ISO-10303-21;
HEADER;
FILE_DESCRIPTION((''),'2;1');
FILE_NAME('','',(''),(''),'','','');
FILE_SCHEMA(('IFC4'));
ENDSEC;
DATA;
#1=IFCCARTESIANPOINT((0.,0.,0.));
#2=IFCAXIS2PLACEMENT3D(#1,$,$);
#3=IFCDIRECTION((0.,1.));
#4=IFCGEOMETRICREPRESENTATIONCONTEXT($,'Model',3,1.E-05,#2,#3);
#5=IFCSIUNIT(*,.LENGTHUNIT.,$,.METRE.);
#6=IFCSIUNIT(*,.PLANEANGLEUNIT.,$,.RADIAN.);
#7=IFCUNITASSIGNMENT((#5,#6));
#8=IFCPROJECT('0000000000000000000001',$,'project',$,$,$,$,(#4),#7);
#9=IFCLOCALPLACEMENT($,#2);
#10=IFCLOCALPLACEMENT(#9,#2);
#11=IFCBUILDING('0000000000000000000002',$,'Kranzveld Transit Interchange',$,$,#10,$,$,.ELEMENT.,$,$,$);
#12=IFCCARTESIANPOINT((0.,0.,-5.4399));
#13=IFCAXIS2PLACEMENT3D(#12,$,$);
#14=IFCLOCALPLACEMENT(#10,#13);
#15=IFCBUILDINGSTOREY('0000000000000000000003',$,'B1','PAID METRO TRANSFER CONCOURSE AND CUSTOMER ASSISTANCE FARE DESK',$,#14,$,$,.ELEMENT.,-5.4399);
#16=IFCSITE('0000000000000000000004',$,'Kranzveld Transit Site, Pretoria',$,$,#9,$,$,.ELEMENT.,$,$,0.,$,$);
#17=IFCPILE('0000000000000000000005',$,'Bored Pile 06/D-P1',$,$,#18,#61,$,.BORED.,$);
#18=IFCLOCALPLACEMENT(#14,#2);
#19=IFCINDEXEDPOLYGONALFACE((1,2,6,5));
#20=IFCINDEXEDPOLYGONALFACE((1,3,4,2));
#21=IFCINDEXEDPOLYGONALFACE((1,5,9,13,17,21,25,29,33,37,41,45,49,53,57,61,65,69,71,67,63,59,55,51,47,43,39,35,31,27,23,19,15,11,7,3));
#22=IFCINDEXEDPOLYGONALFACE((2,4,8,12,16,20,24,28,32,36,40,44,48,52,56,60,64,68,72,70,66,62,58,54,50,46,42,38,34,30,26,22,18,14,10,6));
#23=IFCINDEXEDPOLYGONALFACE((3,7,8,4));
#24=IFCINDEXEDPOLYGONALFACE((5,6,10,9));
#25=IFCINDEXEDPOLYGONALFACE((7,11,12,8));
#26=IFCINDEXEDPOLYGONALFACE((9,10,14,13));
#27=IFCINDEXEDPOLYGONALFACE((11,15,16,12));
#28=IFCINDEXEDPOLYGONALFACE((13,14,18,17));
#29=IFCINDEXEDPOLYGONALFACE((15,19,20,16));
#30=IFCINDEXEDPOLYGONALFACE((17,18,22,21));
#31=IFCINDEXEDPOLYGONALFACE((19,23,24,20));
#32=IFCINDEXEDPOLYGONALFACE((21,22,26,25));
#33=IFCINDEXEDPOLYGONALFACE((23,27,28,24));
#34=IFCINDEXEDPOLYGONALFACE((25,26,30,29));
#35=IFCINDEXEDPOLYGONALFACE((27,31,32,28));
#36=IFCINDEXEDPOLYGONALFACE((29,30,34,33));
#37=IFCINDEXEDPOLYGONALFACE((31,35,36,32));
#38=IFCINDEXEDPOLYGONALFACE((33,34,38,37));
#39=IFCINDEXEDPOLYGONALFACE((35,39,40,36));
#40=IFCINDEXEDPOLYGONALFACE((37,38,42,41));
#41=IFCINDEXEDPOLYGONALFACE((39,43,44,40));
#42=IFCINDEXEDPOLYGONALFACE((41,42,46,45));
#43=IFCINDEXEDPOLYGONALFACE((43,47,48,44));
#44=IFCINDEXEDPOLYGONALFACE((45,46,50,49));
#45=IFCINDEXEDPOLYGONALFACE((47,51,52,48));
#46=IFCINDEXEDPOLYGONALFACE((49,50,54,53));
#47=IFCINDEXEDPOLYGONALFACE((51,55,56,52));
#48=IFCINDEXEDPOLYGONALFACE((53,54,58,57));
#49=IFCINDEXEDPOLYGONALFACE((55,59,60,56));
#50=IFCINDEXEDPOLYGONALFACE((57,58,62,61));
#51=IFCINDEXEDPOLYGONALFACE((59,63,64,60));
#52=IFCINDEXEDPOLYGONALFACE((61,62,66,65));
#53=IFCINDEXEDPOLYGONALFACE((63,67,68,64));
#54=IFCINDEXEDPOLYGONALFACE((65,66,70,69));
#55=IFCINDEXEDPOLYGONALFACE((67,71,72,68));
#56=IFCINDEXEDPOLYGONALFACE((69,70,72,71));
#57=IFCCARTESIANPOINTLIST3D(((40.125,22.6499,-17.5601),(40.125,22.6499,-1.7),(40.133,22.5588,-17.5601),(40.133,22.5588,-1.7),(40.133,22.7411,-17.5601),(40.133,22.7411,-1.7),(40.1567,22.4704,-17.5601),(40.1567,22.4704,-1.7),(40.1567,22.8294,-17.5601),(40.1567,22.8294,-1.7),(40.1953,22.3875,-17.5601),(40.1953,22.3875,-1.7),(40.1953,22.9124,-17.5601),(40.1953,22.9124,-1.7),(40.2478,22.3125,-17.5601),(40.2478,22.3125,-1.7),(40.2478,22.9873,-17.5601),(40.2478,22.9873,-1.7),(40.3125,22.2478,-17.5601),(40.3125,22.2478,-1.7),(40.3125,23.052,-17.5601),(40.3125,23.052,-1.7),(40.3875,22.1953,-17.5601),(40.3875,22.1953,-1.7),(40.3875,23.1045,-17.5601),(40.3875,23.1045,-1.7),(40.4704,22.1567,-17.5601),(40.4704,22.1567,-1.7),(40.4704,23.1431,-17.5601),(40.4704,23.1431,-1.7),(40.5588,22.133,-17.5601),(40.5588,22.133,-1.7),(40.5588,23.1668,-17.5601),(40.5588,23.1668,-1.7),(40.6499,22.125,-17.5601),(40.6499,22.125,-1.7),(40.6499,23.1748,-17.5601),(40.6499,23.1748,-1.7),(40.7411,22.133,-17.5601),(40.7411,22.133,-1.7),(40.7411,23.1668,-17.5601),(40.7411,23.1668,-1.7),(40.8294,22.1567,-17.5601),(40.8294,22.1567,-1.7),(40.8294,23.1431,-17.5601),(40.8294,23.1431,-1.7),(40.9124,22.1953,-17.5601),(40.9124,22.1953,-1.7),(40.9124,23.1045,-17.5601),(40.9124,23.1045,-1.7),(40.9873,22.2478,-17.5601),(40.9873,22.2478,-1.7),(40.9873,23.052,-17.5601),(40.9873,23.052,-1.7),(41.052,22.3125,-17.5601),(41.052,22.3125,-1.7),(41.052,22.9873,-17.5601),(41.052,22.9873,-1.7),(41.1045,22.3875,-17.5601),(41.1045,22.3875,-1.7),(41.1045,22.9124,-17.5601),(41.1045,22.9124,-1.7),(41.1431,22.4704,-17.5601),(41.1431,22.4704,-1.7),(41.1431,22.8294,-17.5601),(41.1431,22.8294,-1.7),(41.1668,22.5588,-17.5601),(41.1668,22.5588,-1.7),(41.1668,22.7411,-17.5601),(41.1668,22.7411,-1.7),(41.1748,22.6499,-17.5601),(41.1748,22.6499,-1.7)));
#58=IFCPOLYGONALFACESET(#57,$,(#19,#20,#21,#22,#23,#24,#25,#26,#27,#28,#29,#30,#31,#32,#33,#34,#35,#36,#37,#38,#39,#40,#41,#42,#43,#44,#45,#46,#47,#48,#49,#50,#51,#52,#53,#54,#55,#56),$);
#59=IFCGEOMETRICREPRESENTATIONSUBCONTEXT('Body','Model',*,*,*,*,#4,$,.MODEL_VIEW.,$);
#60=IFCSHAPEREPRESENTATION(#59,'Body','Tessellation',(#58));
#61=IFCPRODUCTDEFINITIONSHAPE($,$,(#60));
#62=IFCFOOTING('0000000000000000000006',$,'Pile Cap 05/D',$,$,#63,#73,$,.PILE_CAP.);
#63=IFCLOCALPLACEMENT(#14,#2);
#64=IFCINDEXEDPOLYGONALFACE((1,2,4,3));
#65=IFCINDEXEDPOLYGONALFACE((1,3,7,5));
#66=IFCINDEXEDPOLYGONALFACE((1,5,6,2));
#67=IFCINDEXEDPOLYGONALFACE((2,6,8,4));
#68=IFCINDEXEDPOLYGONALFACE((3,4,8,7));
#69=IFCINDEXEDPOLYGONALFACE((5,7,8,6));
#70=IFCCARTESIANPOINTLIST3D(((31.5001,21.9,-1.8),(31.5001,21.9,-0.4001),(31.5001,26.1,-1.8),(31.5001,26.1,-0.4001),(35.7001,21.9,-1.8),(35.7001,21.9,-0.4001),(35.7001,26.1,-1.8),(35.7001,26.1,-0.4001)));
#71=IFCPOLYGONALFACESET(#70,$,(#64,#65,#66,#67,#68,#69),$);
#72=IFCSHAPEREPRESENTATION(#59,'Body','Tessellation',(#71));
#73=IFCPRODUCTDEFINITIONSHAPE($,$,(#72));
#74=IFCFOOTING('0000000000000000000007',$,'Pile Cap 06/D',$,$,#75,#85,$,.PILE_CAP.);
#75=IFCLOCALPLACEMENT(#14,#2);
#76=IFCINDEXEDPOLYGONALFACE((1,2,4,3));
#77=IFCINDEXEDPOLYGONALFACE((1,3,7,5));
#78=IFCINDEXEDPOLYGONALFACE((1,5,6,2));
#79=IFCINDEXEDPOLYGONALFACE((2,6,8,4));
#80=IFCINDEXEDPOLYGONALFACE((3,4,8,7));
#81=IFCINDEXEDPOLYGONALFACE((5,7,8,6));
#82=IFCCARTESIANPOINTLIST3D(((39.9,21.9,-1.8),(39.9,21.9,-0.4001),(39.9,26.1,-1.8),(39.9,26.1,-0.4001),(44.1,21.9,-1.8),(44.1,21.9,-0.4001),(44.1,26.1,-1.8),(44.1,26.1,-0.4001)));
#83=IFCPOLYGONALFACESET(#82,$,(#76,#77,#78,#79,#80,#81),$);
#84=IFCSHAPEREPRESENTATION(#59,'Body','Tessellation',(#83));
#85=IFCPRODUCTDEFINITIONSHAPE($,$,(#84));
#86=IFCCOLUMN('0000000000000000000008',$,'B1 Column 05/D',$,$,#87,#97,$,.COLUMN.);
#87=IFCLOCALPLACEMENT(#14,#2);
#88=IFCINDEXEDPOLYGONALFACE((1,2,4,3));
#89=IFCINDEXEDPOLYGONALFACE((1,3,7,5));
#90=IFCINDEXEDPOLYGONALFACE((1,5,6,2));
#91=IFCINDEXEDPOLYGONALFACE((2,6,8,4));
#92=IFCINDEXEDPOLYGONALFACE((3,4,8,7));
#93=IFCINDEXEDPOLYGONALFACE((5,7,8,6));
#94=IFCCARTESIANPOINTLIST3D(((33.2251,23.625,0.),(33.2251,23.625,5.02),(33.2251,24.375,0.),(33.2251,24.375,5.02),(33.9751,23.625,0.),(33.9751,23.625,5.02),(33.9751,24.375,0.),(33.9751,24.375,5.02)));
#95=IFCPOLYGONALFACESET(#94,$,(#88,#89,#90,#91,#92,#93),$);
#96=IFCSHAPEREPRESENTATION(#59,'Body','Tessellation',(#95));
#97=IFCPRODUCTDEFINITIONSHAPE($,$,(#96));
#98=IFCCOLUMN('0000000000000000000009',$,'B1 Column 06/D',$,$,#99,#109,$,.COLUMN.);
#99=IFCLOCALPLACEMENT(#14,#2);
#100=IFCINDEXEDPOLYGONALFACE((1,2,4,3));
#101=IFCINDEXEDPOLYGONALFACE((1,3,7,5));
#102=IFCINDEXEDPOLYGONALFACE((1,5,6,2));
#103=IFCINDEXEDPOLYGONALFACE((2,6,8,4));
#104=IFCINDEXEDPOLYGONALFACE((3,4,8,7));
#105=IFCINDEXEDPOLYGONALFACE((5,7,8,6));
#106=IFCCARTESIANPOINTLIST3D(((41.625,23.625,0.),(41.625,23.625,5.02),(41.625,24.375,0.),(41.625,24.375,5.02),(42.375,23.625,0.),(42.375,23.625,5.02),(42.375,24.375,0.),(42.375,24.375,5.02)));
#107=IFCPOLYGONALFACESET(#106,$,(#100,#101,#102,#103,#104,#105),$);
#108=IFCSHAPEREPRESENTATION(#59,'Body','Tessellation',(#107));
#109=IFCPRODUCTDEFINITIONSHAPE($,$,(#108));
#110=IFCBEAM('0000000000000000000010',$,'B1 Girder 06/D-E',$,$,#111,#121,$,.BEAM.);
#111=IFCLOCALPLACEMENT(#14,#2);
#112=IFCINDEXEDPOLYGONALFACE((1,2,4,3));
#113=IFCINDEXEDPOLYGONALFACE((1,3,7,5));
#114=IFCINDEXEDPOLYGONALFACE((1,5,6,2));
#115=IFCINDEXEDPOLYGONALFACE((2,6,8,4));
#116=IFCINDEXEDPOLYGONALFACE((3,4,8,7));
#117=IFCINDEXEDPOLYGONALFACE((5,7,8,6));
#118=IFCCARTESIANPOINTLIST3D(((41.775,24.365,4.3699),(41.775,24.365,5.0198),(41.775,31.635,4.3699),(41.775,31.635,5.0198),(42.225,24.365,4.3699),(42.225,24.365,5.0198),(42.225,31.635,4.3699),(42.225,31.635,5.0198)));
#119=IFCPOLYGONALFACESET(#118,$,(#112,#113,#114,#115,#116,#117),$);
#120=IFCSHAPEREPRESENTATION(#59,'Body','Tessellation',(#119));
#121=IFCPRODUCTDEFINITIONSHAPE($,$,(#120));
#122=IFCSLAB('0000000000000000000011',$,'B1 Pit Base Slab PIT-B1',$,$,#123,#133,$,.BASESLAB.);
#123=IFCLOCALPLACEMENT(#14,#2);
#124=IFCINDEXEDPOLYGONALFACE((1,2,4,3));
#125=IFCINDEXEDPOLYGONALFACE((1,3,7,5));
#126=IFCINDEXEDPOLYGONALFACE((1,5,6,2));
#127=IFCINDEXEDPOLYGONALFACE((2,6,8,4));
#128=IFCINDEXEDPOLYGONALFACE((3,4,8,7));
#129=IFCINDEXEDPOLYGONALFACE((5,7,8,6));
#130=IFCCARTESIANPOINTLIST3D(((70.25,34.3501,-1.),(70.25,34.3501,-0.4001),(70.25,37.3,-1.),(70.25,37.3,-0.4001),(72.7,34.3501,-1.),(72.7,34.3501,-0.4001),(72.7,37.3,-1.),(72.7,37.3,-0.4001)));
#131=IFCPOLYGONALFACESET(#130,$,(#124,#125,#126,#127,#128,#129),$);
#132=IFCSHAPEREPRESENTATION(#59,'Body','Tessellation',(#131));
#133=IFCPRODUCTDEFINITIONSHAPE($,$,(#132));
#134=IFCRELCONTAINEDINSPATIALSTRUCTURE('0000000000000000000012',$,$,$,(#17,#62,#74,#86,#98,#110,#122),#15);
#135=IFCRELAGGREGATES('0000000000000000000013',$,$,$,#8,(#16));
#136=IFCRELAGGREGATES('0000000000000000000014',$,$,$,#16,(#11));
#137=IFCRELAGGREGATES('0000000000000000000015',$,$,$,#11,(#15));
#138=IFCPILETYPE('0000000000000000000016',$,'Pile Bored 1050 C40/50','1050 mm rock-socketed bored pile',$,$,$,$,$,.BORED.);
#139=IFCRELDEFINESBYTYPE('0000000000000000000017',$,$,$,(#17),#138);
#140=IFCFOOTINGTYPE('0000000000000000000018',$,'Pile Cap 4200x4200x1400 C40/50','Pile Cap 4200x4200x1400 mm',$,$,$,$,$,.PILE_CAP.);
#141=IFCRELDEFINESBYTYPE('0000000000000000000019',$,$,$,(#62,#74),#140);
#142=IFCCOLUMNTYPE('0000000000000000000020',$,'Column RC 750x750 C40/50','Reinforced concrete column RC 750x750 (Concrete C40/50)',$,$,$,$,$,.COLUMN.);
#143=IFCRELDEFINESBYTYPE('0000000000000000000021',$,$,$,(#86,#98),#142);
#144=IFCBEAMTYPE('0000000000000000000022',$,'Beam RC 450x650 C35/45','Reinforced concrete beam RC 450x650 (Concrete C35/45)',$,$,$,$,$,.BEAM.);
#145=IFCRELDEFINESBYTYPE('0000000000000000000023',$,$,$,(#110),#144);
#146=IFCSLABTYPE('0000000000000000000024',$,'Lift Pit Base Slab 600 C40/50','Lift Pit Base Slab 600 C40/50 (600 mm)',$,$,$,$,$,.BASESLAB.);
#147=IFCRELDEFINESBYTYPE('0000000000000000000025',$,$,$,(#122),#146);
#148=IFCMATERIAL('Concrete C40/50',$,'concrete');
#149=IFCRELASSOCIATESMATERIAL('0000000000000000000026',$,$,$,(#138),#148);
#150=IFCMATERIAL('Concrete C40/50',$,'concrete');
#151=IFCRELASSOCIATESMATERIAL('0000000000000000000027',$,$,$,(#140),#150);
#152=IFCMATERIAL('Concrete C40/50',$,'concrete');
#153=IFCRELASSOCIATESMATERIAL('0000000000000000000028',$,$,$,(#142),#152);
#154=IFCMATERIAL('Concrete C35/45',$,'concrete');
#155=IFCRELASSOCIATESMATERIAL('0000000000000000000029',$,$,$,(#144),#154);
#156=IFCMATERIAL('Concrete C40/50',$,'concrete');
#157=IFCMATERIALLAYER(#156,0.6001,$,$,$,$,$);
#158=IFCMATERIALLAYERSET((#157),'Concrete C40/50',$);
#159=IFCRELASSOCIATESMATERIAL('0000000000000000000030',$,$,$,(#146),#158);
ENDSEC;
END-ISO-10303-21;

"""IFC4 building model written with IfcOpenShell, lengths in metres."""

from ifc_helpers import new_model, si_unit, direction, frame, origin, origin_2d, place, context, subcontext, project, spatial, polyline, rectangle, circle, outline, extrude, material, layer, layer_set, material_profile, profile_set, type_object, element, save


model = new_model("IFC4")

# Units and contexts
model_context = context("Model", 3, precision=1e-05, world=origin(), true_north=direction((0.0, 1.0)))
body_context = subcontext(model_context, "Body", "Model", "MODEL_VIEW")
ifc_project = project(units=[si_unit("LENGTHUNIT", "METRE"), si_unit("PLANEANGLEUNIT", "RADIAN")], contexts=[model_context])

# Site, building, storey
site_placement = place(None, origin())
site = spatial("IfcSite", under=ifc_project, at=site_placement, Name="Kranzveld Transit Site, Pretoria", CompositionType="ELEMENT", RefElevation=0.0)
building_placement = place(site_placement, origin())
building = spatial("IfcBuilding", under=site, at=building_placement, Name="Kranzveld Transit Interchange", CompositionType="ELEMENT")
storey_placement = place(building_placement, frame((0.0, 0.0, -5.4399)))
storey = spatial("IfcBuildingStorey", under=building, at=storey_placement, Name="B1", Description="PAID METRO TRANSFER CONCOURSE AND CUSTOMER ASSISTANCE FARE DESK", CompositionType="ELEMENT", Elevation=-5.4399)

# Pile
ifc_material_1 = material(Name="Concrete C40/50", Category="concrete")
ifc_material_profile_1 = material_profile(ifc_material_1, circle(Radius=0.5249, at=origin_2d()), Name="BORED PILE 1050")
ifc_profile_set_1 = profile_set([ifc_material_profile_1], Name="Concrete C40/50")
pile_type = type_object("IfcPileType", Name="Pile Bored 1050 C40/50", Description="1050 mm rock-socketed bored pile", PredefinedType="BORED", material=ifc_profile_set_1)
for number, where, z_axis, x_axis, name in (
    (1, (40.6499, 22.6499, -1.7), (0.0, 0.0, -1.0), (1.0, 0.0, 0.0), "Bored Pile 06/D-P1"),
):
    element("IfcPile", number, at=place(storey_placement, frame(where, z_axis=z_axis, x_axis=x_axis)), inside=storey, type_object=pile_type, Name=name, PredefinedType="BORED", context=body_context, shape_type="SweptSolid", body=[
        extrude(circle(Radius=0.5249, at=origin_2d()), origin(), (0.0, 0.0, 1.0), 15.8601),
    ])

# Footings
ifc_material_2 = material(Name="Concrete C40/50", Category="concrete")
footing_type = type_object("IfcFootingType", Name="Pile Cap 4200x4200x1400 C40/50", Description="Pile Cap 4200x4200x1400 mm", PredefinedType="PILE_CAP", material=ifc_material_2)
for number, where, z_axis, x_axis, name in (
    (2, (33.6001, 24.0, -1.8), (0.0, 0.0, 1.0), (1.0, 0.0, 0.0), "Pile Cap 05/D"),
    (3, (42.0, 24.0, -1.8), (0.0, 0.0, 1.0), (1.0, 0.0, 0.0), "Pile Cap 06/D"),
):
    element("IfcFooting", number, at=place(storey_placement, frame(where, z_axis=z_axis, x_axis=x_axis)), inside=storey, type_object=footing_type, Name=name, PredefinedType="PILE_CAP", context=body_context, shape_type="SweptSolid", body=[
        extrude(rectangle(XDim=4.2, YDim=4.2, at=origin_2d()), origin(), (0.0, 0.0, 1.0), 1.3999),
    ])

# Columns
ifc_material_3 = material(Name="Concrete C40/50", Category="concrete")
ifc_material_profile_2 = material_profile(ifc_material_3, rectangle(XDim=0.75, YDim=0.75, at=origin_2d()), Name="RC 750x750")
ifc_profile_set_2 = profile_set([ifc_material_profile_2], Name="Concrete C40/50")
column_type = type_object("IfcColumnType", Name="Column RC 750x750 C40/50", Description="Reinforced concrete column RC 750x750 (Concrete C40/50)", PredefinedType="COLUMN", material=ifc_profile_set_2)
for number, where, z_axis, x_axis, name in (
    (4, (33.6001, 24.0, 0.0), (0.0, 0.0, 1.0), (1.0, 0.0, 0.0), "B1 Column 05/D"),
    (5, (42.0, 24.0, 0.0), (0.0, 0.0, 1.0), (1.0, 0.0, 0.0), "B1 Column 06/D"),
):
    element("IfcColumn", number, at=place(storey_placement, frame(where, z_axis=z_axis, x_axis=x_axis)), inside=storey, type_object=column_type, Name=name, PredefinedType="COLUMN", context=body_context, shape_type="SweptSolid", body=[
        extrude(rectangle(XDim=0.75, YDim=0.75, at=origin_2d()), origin(), (0.0, 0.0, 1.0), 5.02),
    ])

# Beam
ifc_material_4 = material(Name="Concrete C35/45", Category="concrete")
ifc_material_profile_3 = material_profile(ifc_material_4, rectangle(XDim=0.45, YDim=0.6499, at=origin_2d()), Name="RC 450x650")
ifc_profile_set_3 = profile_set([ifc_material_profile_3], Name="Concrete C35/45")
beam_type = type_object("IfcBeamType", Name="Beam RC 450x650 C35/45", Description="Reinforced concrete beam RC 450x650 (Concrete C35/45)", PredefinedType="BEAM", material=ifc_profile_set_3)
beam_placement = place(storey_placement, frame((42.0, 24.365, 4.6948), z_axis=(0.0, 1.0, 0.0), x_axis=(-1.0, 0.0, 0.0)))
element("IfcBeam", 6, at=beam_placement, inside=storey, type_object=beam_type, Name="B1 Girder 06/D-E", PredefinedType="BEAM", context=body_context, shape_type="SweptSolid", body=[
    extrude(rectangle(XDim=0.45, YDim=0.6499, at=origin_2d()), origin(), (0.0, 0.0, 1.0), 7.27),
])

# Slab
ifc_material_5 = material(Name="Concrete C40/50", Category="concrete")
ifc_layer_1 = layer(ifc_material_5, 0.6001)
ifc_layer_set_1 = layer_set([ifc_layer_1], Name="Concrete C40/50")
slab_type_1 = type_object("IfcSlabType", Name="Lift Pit Base Slab 600 C40/50", Description="Lift Pit Base Slab 600 C40/50 (600 mm)", PredefinedType="BASESLAB", material=ifc_layer_set_1)
slab_1_placement = place(storey_placement, frame((0.0, 0.0, -1.0)))
element("IfcSlab", 7, at=slab_1_placement, inside=storey, type_object=slab_type_1, Name="B1 Pit Base Slab PIT-B1", PredefinedType="BASESLAB", context=body_context, shape_type="SweptSolid", body=[
    extrude(outline(polyline([(70.25, 34.3501), (72.7, 34.3501), (72.7, 37.3), (70.25, 37.3), (70.25, 34.3501)])), origin(), (0.0, 0.0, 1.0), 0.5999),
])

save(model, "model.ifc")
